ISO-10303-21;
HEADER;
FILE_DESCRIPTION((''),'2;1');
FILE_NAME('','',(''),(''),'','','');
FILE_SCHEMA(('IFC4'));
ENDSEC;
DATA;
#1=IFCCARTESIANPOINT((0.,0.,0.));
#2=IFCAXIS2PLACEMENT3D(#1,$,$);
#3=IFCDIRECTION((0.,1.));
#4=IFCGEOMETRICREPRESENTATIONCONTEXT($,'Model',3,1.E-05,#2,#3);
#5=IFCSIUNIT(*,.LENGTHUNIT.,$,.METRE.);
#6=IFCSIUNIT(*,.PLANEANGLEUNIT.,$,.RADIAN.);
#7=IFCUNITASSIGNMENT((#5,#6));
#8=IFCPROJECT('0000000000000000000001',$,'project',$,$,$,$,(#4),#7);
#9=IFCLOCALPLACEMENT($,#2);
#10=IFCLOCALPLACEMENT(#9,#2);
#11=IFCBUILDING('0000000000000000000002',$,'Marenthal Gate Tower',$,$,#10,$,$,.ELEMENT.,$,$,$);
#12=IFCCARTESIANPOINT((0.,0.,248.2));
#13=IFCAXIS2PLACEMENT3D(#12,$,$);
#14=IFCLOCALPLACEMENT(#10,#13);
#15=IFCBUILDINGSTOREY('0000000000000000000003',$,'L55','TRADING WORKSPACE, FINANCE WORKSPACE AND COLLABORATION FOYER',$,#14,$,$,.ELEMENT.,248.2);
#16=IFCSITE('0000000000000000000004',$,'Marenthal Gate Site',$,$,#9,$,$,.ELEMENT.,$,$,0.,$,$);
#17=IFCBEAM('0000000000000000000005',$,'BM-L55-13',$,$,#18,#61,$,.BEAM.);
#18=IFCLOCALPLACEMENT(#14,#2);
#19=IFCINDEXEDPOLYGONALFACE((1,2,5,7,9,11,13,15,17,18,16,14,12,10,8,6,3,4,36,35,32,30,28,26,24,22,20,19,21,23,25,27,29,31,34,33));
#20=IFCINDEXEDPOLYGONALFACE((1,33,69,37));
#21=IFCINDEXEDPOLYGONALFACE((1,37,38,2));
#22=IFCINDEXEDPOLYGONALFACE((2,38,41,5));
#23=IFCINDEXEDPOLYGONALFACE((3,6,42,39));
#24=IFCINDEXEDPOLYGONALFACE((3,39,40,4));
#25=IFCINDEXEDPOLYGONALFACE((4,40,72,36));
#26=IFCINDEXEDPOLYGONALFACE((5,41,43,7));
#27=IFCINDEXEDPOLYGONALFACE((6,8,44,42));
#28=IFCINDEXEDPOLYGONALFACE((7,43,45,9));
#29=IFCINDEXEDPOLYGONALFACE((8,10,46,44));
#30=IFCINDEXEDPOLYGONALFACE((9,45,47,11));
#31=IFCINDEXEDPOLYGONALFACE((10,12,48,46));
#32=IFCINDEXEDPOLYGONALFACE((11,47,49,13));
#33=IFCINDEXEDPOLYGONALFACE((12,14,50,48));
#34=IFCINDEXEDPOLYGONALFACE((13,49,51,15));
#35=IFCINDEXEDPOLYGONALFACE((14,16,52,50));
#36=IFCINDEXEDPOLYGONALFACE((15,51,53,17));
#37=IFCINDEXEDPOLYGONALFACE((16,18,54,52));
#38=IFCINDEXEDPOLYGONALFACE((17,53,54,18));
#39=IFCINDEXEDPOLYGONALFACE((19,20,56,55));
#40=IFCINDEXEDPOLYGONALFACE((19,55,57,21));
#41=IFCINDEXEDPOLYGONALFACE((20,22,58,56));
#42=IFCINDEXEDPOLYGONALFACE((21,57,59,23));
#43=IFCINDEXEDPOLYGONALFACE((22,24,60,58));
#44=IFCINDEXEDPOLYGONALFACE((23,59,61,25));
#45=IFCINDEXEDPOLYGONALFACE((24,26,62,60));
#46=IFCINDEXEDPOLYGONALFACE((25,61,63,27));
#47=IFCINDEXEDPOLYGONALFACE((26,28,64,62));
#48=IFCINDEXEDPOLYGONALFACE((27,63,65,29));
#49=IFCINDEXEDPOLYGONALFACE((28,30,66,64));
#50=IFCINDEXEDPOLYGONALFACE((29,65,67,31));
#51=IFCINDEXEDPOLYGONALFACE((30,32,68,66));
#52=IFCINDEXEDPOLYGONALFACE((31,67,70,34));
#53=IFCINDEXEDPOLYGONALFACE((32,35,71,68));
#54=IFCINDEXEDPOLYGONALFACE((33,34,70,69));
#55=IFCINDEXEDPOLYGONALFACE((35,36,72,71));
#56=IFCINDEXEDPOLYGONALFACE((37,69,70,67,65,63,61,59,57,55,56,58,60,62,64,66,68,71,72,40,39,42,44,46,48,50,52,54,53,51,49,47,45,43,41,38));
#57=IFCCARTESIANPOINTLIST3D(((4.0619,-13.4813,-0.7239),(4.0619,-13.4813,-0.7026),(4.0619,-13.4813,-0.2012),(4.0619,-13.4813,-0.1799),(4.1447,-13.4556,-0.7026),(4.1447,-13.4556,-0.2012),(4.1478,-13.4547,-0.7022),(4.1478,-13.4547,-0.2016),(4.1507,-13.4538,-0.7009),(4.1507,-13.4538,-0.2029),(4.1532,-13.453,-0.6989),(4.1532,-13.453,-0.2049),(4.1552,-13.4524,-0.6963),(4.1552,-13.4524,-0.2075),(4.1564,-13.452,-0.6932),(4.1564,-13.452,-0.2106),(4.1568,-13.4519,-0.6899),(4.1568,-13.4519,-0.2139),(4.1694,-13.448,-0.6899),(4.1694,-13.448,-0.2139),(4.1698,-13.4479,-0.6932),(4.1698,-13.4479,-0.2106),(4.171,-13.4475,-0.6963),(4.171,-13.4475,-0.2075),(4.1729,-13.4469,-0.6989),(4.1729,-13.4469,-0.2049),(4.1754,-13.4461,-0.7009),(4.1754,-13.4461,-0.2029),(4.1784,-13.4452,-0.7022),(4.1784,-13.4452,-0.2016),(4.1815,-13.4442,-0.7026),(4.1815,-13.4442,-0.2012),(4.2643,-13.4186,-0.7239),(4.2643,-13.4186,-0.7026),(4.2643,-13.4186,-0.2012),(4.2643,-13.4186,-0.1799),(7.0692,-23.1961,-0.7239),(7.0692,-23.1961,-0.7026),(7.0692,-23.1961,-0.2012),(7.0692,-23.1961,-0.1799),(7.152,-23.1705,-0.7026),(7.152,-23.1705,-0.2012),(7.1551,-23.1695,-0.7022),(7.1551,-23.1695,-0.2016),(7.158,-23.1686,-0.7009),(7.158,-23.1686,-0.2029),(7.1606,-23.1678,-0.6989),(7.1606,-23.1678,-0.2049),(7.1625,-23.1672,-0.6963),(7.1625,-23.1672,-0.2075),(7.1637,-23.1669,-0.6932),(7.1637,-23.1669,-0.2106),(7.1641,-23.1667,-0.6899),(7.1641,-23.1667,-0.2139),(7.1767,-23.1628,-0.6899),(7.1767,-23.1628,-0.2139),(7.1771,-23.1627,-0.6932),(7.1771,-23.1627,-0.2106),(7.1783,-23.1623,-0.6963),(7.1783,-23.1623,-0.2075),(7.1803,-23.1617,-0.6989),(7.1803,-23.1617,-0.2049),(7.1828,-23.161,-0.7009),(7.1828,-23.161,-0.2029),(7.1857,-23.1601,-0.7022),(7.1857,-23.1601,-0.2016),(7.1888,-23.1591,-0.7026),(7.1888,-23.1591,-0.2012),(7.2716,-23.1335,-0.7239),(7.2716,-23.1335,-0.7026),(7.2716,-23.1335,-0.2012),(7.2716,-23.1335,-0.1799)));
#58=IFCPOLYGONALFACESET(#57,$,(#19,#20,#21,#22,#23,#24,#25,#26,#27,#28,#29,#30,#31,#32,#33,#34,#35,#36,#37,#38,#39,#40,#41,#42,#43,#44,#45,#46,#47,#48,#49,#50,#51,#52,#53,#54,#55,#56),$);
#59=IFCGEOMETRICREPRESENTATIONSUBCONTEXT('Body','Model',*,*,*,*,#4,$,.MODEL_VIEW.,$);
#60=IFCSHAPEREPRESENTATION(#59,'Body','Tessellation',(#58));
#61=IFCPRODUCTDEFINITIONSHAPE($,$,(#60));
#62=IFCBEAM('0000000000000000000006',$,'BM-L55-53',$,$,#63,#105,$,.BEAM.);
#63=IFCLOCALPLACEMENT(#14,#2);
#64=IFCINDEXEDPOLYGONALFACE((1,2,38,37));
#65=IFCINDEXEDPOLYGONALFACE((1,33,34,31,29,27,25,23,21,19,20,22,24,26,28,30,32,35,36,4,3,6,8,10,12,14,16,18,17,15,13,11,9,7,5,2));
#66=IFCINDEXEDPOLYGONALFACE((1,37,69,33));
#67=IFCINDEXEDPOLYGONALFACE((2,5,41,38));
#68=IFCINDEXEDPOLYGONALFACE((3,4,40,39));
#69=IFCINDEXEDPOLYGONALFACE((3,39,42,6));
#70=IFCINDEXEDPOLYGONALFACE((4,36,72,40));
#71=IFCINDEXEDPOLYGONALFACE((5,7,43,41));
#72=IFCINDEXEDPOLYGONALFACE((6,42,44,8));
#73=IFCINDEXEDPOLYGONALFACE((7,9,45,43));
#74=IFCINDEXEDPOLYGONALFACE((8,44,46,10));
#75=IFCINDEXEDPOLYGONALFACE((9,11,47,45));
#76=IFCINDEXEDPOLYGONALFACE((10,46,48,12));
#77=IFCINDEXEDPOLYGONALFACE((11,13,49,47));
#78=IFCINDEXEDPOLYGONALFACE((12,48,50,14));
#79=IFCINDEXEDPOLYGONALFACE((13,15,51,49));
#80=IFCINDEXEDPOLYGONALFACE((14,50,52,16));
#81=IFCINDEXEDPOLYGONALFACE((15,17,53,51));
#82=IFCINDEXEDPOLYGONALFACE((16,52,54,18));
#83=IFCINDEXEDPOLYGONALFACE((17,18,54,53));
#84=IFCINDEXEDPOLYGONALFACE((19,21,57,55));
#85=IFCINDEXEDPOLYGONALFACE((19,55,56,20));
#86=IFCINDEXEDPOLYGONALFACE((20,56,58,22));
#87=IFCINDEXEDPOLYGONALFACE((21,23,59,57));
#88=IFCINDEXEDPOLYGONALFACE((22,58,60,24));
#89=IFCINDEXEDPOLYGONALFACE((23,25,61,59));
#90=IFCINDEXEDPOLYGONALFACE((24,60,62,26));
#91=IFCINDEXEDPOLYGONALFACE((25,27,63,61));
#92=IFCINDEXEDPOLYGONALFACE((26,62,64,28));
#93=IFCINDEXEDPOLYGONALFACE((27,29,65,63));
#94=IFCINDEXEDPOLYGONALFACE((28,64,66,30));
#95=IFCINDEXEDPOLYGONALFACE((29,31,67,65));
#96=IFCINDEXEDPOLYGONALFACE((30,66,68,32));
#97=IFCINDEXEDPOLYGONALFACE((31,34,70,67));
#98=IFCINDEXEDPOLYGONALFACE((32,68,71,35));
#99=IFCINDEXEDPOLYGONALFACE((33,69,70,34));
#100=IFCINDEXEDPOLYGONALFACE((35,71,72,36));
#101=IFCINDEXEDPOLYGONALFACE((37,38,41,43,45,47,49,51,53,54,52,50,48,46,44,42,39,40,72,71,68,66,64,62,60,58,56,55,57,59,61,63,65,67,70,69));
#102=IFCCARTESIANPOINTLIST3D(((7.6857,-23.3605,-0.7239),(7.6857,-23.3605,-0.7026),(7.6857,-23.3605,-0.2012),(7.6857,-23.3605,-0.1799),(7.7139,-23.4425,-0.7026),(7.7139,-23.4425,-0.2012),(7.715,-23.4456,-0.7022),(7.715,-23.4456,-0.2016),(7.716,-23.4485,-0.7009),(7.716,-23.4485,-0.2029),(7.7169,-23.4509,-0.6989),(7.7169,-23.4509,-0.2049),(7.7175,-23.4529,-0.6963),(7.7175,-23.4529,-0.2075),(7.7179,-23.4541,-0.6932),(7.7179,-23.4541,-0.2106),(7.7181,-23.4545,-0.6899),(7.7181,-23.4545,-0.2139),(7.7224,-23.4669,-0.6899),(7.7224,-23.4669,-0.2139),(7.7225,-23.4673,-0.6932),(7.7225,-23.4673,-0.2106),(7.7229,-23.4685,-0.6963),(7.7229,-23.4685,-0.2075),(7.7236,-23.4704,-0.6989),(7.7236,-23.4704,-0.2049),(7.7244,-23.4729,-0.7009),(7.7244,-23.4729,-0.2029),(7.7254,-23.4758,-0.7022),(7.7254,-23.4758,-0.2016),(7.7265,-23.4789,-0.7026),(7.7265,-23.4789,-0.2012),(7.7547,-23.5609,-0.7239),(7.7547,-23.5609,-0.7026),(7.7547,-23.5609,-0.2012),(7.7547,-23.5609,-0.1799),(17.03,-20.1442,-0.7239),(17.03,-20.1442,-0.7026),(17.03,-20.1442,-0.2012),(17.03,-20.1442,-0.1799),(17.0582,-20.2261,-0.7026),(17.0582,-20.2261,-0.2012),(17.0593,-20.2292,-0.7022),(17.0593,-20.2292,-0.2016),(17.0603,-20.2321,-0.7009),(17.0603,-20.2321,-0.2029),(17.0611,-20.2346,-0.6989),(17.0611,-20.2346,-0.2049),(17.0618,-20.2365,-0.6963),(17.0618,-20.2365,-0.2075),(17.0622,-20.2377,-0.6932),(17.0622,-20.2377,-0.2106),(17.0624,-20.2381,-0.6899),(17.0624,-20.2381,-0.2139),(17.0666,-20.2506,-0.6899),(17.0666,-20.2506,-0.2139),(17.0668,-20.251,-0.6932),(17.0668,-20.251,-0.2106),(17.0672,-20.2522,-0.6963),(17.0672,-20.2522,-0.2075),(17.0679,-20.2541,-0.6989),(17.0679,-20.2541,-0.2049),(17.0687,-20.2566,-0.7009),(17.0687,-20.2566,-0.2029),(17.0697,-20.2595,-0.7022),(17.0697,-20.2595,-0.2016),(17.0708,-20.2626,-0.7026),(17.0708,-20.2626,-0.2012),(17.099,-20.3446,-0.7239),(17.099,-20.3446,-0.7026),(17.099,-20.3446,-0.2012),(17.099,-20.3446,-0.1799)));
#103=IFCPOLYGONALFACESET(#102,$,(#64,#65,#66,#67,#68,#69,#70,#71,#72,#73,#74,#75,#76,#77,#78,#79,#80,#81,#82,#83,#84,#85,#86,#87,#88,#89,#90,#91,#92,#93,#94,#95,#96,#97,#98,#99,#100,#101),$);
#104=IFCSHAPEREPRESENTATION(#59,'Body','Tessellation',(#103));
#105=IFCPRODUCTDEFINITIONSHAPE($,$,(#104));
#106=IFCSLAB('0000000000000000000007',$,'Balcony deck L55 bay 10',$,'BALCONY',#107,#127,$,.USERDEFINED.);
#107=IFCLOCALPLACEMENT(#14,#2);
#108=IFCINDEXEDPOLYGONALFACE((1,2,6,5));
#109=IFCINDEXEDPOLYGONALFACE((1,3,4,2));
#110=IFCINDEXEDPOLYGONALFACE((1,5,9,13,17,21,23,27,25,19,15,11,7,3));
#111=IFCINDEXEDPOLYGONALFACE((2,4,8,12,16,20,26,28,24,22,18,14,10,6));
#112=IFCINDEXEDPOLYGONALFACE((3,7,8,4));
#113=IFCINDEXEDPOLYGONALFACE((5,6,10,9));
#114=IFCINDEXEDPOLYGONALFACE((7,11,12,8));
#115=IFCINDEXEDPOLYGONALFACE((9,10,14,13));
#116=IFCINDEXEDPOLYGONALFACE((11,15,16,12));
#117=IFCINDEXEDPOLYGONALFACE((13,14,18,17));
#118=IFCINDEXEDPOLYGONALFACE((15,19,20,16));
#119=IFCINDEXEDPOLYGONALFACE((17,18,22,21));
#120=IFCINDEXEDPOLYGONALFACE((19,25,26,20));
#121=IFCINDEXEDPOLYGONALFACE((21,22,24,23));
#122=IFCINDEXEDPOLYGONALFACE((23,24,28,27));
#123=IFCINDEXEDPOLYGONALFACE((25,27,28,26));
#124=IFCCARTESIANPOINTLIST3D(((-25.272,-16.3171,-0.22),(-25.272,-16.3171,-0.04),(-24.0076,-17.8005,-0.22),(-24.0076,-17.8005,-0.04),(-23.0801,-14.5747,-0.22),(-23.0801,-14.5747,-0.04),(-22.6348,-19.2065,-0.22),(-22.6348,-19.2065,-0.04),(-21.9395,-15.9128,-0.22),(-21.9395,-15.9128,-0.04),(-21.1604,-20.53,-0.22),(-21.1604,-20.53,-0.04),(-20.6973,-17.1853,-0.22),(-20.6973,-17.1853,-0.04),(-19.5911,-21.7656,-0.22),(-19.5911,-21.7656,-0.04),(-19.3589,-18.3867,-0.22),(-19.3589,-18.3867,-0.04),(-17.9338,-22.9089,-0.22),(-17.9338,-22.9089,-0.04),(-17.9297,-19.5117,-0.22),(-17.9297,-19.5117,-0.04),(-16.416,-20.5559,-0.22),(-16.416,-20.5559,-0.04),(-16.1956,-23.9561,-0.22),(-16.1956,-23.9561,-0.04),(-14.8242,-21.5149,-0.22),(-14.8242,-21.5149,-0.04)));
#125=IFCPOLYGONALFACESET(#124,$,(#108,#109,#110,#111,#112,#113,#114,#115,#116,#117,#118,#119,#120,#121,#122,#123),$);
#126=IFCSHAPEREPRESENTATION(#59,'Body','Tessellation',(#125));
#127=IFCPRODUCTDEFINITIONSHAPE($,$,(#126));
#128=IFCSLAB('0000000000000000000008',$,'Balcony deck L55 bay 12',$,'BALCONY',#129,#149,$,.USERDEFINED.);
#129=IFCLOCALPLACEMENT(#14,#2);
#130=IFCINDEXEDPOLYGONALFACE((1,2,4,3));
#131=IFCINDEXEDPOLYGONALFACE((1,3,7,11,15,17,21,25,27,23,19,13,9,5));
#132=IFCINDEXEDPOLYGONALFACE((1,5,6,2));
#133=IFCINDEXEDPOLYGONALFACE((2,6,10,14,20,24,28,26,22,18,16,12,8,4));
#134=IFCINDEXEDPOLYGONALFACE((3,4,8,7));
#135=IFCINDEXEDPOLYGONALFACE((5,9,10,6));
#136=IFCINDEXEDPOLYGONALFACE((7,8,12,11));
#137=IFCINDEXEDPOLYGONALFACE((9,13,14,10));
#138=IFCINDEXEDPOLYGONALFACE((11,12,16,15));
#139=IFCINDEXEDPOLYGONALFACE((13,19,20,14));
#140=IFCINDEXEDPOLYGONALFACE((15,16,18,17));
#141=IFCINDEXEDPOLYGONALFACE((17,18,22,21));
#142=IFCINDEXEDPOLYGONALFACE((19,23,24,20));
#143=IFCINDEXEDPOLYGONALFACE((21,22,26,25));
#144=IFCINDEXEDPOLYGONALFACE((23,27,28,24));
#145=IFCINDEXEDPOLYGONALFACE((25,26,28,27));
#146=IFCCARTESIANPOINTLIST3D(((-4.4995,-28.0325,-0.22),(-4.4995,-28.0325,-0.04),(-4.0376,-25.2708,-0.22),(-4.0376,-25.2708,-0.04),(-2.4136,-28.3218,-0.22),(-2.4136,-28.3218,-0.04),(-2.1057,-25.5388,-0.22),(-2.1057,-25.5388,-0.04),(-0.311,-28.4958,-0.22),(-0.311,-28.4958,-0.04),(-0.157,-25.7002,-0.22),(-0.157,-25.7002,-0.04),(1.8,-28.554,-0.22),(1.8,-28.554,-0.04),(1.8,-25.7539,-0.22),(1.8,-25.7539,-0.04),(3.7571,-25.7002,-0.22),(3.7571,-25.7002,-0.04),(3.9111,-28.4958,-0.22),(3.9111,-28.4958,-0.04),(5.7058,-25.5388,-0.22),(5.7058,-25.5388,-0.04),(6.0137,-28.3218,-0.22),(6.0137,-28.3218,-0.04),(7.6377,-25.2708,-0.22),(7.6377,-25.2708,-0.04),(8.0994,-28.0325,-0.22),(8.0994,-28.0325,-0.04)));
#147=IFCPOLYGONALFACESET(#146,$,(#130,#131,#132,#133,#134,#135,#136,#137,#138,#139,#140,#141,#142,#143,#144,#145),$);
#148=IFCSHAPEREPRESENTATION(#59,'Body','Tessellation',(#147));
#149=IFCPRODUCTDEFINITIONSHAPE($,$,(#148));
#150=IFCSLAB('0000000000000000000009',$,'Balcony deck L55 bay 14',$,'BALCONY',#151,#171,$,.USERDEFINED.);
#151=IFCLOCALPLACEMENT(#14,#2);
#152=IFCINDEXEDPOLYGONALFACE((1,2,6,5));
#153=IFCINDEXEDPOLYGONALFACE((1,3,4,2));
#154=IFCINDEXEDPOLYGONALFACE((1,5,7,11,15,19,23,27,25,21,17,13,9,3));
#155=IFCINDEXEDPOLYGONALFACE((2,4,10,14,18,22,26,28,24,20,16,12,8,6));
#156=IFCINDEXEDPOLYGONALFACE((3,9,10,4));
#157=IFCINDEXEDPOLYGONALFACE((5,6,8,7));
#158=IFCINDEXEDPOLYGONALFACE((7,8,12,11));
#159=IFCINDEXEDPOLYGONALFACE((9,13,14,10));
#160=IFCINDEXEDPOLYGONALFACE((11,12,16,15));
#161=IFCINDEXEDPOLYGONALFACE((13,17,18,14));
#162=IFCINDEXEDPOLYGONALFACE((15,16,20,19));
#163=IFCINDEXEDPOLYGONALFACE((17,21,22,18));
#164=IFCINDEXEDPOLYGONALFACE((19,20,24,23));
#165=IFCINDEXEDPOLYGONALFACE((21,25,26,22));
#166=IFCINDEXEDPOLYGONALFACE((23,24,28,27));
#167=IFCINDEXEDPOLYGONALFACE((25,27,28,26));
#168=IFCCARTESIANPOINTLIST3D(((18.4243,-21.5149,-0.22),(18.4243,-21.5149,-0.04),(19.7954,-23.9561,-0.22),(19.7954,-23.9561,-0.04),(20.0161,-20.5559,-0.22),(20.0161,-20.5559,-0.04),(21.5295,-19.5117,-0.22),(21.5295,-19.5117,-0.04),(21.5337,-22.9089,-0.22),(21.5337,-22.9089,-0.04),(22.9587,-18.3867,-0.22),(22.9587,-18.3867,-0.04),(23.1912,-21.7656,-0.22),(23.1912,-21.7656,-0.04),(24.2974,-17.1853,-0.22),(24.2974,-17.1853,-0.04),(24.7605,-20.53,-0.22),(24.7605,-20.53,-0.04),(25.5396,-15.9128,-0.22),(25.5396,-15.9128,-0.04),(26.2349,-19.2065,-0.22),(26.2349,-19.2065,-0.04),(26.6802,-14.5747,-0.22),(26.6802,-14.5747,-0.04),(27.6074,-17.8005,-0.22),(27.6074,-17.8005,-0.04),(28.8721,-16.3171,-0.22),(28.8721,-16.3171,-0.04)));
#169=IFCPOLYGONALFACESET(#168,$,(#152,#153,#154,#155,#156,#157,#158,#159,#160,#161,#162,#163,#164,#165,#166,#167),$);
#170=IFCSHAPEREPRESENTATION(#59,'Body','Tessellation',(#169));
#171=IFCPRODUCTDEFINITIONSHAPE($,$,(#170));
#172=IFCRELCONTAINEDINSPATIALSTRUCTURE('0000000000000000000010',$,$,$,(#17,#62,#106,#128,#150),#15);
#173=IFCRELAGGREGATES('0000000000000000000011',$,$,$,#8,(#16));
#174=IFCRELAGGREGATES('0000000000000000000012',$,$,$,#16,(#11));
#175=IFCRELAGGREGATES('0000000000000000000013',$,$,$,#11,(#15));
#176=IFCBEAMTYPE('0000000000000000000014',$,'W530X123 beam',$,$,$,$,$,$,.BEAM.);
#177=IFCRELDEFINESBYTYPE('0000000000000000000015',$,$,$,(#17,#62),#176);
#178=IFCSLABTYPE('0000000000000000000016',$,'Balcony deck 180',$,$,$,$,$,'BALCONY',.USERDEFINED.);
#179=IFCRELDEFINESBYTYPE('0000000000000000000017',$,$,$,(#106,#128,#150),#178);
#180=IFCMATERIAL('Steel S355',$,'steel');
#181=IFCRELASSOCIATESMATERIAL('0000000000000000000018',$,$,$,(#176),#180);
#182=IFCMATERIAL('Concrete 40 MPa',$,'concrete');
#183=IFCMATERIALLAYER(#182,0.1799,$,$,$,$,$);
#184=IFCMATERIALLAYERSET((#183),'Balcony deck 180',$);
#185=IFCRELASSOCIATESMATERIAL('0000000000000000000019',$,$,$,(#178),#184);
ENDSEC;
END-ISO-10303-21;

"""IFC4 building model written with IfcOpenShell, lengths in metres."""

from ifc_helpers import new_model, si_unit, direction, frame, origin, origin_2d, place, context, subcontext, project, spatial, polyline, i_section, outline, extrude, material, layer, layer_set, material_profile, profile_set, type_object, element, save


model = new_model("IFC4")

# Units and contexts
model_context = context("Model", 3, precision=1e-05, world=origin(), true_north=direction((0.0, 1.0)))
body_context = subcontext(model_context, "Body", "Model", "MODEL_VIEW")
ifc_project = project(units=[si_unit("LENGTHUNIT", "METRE"), si_unit("PLANEANGLEUNIT", "RADIAN")], contexts=[model_context])

# Site, building, storey
site_placement = place(None, origin())
site = spatial("IfcSite", under=ifc_project, at=site_placement, Name="Marenthal Gate Site", CompositionType="ELEMENT", RefElevation=0.0)
building_placement = place(site_placement, origin())
building = spatial("IfcBuilding", under=site, at=building_placement, Name="Marenthal Gate Tower", CompositionType="ELEMENT")
storey_placement = place(building_placement, frame((0.0, 0.0, 248.2)))
storey = spatial("IfcBuildingStorey", under=building, at=storey_placement, Name="L55", Description="TRADING WORKSPACE, FINANCE WORKSPACE AND COLLABORATION FOYER", CompositionType="ELEMENT", Elevation=248.2)

# Beams
ifc_material_1 = material(Name="Steel S355", Category="steel")
ifc_material_profile_1 = material_profile(ifc_material_1, i_section(OverallWidth=0.2119, OverallDepth=0.5439, WebThickness=0.0132, FlangeThickness=0.0212, FilletRadius=0.0127, at=origin_2d()), Name="W530X123")
ifc_profile_set_1 = profile_set([ifc_material_profile_1], Name="Steel S355")
beam_type_1 = type_object("IfcBeamType", Name="W530X123 beam", PredefinedType="BEAM", material=ifc_profile_set_1)
beam_1_placement = place(storey_placement, frame((7.1704, -23.1648, -0.4519), z_axis=(-0.295715, 0.955276, 0.0), x_axis=(-0.955276, -0.295715, 0.0)))
element("IfcBeam", 1, at=beam_1_placement, inside=storey, type_object=beam_type_1, Name="BM-L55-13", PredefinedType="BEAM", context=body_context, shape_type="SweptSolid", body=[
    extrude(i_section(OverallWidth=0.2119, OverallDepth=0.5439, WebThickness=0.0132, FlangeThickness=0.0212, FilletRadius=0.0127, at=origin_2d()), origin(), (0.0, 0.0, 1.0), 10.1697),
])
beam_2_placement = place(storey_placement, frame((7.7202, -23.4607, -0.4519), z_axis=(0.945555, 0.325462, 0.0), x_axis=(-0.325462, 0.945555, 0.0)))
element("IfcBeam", 2, at=beam_2_placement, inside=storey, type_object=beam_type_1, Name="BM-L55-53", PredefinedType="BEAM", context=body_context, shape_type="SweptSolid", body=[
    extrude(i_section(OverallWidth=0.2119, OverallDepth=0.5439, WebThickness=0.0132, FlangeThickness=0.0212, FilletRadius=0.0127, at=origin_2d()), origin(), (0.0, 0.0, 1.0), 9.8823),
])

# Slabs
ifc_material_2 = material(Name="Concrete 40 MPa", Category="concrete")
ifc_layer_1 = layer(ifc_material_2, 0.1799)
ifc_layer_set_1 = layer_set([ifc_layer_1], Name="Balcony deck 180")
slab_type_1 = type_object("IfcSlabType", Name="Balcony deck 180", ElementType="BALCONY", PredefinedType="USERDEFINED", material=ifc_layer_set_1)
slab_1_placement = place(storey_placement, frame((0.0, 0.0, -0.22)))
element("IfcSlab", 3, at=slab_1_placement, inside=storey, type_object=slab_type_1, Name="Balcony deck L55 bay 10", ObjectType="BALCONY", PredefinedType="USERDEFINED", context=body_context, shape_type="SweptSolid", body=[
    extrude(outline(polyline([(-23.0801, -14.5747), (-21.9395, -15.9128), (-20.6973, -17.1853), (-19.3589, -18.3867), (-17.9297, -19.5117), (-16.416, -20.5559), (-14.8242, -21.5149), (-16.1956, -23.9561), (-17.9338, -22.9089), (-19.5911, -21.7656), (-21.1604, -20.53), (-22.6348, -19.2065), (-24.0076, -17.8005), (-25.272, -16.3171), (-23.0801, -14.5747)])), origin(), (0.0, 0.0, 1.0), 0.1799),
])
slab_2_placement = place(storey_placement, frame((0.0, 0.0, -0.22)))
element("IfcSlab", 4, at=slab_2_placement, inside=storey, type_object=slab_type_1, Name="Balcony deck L55 bay 12", ObjectType="BALCONY", PredefinedType="USERDEFINED", context=body_context, shape_type="SweptSolid", body=[
    extrude(outline(polyline([(-4.0376, -25.2708), (-2.1057, -25.5388), (-0.157, -25.7002), (1.8, -25.7539), (3.7571, -25.7002), (5.7058, -25.5388), (7.6377, -25.2708), (8.0994, -28.0325), (6.0137, -28.3218), (3.9111, -28.4958), (1.8, -28.554), (-0.311, -28.4958), (-2.4136, -28.3218), (-4.4995, -28.0325), (-4.0376, -25.2708)])), origin(), (0.0, 0.0, 1.0), 0.1799),
])
slab_3_placement = place(storey_placement, frame((0.0, 0.0, -0.22)))
element("IfcSlab", 5, at=slab_3_placement, inside=storey, type_object=slab_type_1, Name="Balcony deck L55 bay 14", ObjectType="BALCONY", PredefinedType="USERDEFINED", context=body_context, shape_type="SweptSolid", body=[
    extrude(outline(polyline([(18.4243, -21.5149), (20.0161, -20.5559), (21.5295, -19.5117), (22.9587, -18.3867), (24.2974, -17.1853), (25.5396, -15.9128), (26.6802, -14.5747), (28.8721, -16.3171), (27.6074, -17.8005), (26.2349, -19.2065), (24.7605, -20.53), (23.1912, -21.7656), (21.5337, -22.9089), (19.7954, -23.9561), (18.4243, -21.5149)])), origin(), (0.0, 0.0, 1.0), 0.1799),
])

save(model, "model.ifc")
